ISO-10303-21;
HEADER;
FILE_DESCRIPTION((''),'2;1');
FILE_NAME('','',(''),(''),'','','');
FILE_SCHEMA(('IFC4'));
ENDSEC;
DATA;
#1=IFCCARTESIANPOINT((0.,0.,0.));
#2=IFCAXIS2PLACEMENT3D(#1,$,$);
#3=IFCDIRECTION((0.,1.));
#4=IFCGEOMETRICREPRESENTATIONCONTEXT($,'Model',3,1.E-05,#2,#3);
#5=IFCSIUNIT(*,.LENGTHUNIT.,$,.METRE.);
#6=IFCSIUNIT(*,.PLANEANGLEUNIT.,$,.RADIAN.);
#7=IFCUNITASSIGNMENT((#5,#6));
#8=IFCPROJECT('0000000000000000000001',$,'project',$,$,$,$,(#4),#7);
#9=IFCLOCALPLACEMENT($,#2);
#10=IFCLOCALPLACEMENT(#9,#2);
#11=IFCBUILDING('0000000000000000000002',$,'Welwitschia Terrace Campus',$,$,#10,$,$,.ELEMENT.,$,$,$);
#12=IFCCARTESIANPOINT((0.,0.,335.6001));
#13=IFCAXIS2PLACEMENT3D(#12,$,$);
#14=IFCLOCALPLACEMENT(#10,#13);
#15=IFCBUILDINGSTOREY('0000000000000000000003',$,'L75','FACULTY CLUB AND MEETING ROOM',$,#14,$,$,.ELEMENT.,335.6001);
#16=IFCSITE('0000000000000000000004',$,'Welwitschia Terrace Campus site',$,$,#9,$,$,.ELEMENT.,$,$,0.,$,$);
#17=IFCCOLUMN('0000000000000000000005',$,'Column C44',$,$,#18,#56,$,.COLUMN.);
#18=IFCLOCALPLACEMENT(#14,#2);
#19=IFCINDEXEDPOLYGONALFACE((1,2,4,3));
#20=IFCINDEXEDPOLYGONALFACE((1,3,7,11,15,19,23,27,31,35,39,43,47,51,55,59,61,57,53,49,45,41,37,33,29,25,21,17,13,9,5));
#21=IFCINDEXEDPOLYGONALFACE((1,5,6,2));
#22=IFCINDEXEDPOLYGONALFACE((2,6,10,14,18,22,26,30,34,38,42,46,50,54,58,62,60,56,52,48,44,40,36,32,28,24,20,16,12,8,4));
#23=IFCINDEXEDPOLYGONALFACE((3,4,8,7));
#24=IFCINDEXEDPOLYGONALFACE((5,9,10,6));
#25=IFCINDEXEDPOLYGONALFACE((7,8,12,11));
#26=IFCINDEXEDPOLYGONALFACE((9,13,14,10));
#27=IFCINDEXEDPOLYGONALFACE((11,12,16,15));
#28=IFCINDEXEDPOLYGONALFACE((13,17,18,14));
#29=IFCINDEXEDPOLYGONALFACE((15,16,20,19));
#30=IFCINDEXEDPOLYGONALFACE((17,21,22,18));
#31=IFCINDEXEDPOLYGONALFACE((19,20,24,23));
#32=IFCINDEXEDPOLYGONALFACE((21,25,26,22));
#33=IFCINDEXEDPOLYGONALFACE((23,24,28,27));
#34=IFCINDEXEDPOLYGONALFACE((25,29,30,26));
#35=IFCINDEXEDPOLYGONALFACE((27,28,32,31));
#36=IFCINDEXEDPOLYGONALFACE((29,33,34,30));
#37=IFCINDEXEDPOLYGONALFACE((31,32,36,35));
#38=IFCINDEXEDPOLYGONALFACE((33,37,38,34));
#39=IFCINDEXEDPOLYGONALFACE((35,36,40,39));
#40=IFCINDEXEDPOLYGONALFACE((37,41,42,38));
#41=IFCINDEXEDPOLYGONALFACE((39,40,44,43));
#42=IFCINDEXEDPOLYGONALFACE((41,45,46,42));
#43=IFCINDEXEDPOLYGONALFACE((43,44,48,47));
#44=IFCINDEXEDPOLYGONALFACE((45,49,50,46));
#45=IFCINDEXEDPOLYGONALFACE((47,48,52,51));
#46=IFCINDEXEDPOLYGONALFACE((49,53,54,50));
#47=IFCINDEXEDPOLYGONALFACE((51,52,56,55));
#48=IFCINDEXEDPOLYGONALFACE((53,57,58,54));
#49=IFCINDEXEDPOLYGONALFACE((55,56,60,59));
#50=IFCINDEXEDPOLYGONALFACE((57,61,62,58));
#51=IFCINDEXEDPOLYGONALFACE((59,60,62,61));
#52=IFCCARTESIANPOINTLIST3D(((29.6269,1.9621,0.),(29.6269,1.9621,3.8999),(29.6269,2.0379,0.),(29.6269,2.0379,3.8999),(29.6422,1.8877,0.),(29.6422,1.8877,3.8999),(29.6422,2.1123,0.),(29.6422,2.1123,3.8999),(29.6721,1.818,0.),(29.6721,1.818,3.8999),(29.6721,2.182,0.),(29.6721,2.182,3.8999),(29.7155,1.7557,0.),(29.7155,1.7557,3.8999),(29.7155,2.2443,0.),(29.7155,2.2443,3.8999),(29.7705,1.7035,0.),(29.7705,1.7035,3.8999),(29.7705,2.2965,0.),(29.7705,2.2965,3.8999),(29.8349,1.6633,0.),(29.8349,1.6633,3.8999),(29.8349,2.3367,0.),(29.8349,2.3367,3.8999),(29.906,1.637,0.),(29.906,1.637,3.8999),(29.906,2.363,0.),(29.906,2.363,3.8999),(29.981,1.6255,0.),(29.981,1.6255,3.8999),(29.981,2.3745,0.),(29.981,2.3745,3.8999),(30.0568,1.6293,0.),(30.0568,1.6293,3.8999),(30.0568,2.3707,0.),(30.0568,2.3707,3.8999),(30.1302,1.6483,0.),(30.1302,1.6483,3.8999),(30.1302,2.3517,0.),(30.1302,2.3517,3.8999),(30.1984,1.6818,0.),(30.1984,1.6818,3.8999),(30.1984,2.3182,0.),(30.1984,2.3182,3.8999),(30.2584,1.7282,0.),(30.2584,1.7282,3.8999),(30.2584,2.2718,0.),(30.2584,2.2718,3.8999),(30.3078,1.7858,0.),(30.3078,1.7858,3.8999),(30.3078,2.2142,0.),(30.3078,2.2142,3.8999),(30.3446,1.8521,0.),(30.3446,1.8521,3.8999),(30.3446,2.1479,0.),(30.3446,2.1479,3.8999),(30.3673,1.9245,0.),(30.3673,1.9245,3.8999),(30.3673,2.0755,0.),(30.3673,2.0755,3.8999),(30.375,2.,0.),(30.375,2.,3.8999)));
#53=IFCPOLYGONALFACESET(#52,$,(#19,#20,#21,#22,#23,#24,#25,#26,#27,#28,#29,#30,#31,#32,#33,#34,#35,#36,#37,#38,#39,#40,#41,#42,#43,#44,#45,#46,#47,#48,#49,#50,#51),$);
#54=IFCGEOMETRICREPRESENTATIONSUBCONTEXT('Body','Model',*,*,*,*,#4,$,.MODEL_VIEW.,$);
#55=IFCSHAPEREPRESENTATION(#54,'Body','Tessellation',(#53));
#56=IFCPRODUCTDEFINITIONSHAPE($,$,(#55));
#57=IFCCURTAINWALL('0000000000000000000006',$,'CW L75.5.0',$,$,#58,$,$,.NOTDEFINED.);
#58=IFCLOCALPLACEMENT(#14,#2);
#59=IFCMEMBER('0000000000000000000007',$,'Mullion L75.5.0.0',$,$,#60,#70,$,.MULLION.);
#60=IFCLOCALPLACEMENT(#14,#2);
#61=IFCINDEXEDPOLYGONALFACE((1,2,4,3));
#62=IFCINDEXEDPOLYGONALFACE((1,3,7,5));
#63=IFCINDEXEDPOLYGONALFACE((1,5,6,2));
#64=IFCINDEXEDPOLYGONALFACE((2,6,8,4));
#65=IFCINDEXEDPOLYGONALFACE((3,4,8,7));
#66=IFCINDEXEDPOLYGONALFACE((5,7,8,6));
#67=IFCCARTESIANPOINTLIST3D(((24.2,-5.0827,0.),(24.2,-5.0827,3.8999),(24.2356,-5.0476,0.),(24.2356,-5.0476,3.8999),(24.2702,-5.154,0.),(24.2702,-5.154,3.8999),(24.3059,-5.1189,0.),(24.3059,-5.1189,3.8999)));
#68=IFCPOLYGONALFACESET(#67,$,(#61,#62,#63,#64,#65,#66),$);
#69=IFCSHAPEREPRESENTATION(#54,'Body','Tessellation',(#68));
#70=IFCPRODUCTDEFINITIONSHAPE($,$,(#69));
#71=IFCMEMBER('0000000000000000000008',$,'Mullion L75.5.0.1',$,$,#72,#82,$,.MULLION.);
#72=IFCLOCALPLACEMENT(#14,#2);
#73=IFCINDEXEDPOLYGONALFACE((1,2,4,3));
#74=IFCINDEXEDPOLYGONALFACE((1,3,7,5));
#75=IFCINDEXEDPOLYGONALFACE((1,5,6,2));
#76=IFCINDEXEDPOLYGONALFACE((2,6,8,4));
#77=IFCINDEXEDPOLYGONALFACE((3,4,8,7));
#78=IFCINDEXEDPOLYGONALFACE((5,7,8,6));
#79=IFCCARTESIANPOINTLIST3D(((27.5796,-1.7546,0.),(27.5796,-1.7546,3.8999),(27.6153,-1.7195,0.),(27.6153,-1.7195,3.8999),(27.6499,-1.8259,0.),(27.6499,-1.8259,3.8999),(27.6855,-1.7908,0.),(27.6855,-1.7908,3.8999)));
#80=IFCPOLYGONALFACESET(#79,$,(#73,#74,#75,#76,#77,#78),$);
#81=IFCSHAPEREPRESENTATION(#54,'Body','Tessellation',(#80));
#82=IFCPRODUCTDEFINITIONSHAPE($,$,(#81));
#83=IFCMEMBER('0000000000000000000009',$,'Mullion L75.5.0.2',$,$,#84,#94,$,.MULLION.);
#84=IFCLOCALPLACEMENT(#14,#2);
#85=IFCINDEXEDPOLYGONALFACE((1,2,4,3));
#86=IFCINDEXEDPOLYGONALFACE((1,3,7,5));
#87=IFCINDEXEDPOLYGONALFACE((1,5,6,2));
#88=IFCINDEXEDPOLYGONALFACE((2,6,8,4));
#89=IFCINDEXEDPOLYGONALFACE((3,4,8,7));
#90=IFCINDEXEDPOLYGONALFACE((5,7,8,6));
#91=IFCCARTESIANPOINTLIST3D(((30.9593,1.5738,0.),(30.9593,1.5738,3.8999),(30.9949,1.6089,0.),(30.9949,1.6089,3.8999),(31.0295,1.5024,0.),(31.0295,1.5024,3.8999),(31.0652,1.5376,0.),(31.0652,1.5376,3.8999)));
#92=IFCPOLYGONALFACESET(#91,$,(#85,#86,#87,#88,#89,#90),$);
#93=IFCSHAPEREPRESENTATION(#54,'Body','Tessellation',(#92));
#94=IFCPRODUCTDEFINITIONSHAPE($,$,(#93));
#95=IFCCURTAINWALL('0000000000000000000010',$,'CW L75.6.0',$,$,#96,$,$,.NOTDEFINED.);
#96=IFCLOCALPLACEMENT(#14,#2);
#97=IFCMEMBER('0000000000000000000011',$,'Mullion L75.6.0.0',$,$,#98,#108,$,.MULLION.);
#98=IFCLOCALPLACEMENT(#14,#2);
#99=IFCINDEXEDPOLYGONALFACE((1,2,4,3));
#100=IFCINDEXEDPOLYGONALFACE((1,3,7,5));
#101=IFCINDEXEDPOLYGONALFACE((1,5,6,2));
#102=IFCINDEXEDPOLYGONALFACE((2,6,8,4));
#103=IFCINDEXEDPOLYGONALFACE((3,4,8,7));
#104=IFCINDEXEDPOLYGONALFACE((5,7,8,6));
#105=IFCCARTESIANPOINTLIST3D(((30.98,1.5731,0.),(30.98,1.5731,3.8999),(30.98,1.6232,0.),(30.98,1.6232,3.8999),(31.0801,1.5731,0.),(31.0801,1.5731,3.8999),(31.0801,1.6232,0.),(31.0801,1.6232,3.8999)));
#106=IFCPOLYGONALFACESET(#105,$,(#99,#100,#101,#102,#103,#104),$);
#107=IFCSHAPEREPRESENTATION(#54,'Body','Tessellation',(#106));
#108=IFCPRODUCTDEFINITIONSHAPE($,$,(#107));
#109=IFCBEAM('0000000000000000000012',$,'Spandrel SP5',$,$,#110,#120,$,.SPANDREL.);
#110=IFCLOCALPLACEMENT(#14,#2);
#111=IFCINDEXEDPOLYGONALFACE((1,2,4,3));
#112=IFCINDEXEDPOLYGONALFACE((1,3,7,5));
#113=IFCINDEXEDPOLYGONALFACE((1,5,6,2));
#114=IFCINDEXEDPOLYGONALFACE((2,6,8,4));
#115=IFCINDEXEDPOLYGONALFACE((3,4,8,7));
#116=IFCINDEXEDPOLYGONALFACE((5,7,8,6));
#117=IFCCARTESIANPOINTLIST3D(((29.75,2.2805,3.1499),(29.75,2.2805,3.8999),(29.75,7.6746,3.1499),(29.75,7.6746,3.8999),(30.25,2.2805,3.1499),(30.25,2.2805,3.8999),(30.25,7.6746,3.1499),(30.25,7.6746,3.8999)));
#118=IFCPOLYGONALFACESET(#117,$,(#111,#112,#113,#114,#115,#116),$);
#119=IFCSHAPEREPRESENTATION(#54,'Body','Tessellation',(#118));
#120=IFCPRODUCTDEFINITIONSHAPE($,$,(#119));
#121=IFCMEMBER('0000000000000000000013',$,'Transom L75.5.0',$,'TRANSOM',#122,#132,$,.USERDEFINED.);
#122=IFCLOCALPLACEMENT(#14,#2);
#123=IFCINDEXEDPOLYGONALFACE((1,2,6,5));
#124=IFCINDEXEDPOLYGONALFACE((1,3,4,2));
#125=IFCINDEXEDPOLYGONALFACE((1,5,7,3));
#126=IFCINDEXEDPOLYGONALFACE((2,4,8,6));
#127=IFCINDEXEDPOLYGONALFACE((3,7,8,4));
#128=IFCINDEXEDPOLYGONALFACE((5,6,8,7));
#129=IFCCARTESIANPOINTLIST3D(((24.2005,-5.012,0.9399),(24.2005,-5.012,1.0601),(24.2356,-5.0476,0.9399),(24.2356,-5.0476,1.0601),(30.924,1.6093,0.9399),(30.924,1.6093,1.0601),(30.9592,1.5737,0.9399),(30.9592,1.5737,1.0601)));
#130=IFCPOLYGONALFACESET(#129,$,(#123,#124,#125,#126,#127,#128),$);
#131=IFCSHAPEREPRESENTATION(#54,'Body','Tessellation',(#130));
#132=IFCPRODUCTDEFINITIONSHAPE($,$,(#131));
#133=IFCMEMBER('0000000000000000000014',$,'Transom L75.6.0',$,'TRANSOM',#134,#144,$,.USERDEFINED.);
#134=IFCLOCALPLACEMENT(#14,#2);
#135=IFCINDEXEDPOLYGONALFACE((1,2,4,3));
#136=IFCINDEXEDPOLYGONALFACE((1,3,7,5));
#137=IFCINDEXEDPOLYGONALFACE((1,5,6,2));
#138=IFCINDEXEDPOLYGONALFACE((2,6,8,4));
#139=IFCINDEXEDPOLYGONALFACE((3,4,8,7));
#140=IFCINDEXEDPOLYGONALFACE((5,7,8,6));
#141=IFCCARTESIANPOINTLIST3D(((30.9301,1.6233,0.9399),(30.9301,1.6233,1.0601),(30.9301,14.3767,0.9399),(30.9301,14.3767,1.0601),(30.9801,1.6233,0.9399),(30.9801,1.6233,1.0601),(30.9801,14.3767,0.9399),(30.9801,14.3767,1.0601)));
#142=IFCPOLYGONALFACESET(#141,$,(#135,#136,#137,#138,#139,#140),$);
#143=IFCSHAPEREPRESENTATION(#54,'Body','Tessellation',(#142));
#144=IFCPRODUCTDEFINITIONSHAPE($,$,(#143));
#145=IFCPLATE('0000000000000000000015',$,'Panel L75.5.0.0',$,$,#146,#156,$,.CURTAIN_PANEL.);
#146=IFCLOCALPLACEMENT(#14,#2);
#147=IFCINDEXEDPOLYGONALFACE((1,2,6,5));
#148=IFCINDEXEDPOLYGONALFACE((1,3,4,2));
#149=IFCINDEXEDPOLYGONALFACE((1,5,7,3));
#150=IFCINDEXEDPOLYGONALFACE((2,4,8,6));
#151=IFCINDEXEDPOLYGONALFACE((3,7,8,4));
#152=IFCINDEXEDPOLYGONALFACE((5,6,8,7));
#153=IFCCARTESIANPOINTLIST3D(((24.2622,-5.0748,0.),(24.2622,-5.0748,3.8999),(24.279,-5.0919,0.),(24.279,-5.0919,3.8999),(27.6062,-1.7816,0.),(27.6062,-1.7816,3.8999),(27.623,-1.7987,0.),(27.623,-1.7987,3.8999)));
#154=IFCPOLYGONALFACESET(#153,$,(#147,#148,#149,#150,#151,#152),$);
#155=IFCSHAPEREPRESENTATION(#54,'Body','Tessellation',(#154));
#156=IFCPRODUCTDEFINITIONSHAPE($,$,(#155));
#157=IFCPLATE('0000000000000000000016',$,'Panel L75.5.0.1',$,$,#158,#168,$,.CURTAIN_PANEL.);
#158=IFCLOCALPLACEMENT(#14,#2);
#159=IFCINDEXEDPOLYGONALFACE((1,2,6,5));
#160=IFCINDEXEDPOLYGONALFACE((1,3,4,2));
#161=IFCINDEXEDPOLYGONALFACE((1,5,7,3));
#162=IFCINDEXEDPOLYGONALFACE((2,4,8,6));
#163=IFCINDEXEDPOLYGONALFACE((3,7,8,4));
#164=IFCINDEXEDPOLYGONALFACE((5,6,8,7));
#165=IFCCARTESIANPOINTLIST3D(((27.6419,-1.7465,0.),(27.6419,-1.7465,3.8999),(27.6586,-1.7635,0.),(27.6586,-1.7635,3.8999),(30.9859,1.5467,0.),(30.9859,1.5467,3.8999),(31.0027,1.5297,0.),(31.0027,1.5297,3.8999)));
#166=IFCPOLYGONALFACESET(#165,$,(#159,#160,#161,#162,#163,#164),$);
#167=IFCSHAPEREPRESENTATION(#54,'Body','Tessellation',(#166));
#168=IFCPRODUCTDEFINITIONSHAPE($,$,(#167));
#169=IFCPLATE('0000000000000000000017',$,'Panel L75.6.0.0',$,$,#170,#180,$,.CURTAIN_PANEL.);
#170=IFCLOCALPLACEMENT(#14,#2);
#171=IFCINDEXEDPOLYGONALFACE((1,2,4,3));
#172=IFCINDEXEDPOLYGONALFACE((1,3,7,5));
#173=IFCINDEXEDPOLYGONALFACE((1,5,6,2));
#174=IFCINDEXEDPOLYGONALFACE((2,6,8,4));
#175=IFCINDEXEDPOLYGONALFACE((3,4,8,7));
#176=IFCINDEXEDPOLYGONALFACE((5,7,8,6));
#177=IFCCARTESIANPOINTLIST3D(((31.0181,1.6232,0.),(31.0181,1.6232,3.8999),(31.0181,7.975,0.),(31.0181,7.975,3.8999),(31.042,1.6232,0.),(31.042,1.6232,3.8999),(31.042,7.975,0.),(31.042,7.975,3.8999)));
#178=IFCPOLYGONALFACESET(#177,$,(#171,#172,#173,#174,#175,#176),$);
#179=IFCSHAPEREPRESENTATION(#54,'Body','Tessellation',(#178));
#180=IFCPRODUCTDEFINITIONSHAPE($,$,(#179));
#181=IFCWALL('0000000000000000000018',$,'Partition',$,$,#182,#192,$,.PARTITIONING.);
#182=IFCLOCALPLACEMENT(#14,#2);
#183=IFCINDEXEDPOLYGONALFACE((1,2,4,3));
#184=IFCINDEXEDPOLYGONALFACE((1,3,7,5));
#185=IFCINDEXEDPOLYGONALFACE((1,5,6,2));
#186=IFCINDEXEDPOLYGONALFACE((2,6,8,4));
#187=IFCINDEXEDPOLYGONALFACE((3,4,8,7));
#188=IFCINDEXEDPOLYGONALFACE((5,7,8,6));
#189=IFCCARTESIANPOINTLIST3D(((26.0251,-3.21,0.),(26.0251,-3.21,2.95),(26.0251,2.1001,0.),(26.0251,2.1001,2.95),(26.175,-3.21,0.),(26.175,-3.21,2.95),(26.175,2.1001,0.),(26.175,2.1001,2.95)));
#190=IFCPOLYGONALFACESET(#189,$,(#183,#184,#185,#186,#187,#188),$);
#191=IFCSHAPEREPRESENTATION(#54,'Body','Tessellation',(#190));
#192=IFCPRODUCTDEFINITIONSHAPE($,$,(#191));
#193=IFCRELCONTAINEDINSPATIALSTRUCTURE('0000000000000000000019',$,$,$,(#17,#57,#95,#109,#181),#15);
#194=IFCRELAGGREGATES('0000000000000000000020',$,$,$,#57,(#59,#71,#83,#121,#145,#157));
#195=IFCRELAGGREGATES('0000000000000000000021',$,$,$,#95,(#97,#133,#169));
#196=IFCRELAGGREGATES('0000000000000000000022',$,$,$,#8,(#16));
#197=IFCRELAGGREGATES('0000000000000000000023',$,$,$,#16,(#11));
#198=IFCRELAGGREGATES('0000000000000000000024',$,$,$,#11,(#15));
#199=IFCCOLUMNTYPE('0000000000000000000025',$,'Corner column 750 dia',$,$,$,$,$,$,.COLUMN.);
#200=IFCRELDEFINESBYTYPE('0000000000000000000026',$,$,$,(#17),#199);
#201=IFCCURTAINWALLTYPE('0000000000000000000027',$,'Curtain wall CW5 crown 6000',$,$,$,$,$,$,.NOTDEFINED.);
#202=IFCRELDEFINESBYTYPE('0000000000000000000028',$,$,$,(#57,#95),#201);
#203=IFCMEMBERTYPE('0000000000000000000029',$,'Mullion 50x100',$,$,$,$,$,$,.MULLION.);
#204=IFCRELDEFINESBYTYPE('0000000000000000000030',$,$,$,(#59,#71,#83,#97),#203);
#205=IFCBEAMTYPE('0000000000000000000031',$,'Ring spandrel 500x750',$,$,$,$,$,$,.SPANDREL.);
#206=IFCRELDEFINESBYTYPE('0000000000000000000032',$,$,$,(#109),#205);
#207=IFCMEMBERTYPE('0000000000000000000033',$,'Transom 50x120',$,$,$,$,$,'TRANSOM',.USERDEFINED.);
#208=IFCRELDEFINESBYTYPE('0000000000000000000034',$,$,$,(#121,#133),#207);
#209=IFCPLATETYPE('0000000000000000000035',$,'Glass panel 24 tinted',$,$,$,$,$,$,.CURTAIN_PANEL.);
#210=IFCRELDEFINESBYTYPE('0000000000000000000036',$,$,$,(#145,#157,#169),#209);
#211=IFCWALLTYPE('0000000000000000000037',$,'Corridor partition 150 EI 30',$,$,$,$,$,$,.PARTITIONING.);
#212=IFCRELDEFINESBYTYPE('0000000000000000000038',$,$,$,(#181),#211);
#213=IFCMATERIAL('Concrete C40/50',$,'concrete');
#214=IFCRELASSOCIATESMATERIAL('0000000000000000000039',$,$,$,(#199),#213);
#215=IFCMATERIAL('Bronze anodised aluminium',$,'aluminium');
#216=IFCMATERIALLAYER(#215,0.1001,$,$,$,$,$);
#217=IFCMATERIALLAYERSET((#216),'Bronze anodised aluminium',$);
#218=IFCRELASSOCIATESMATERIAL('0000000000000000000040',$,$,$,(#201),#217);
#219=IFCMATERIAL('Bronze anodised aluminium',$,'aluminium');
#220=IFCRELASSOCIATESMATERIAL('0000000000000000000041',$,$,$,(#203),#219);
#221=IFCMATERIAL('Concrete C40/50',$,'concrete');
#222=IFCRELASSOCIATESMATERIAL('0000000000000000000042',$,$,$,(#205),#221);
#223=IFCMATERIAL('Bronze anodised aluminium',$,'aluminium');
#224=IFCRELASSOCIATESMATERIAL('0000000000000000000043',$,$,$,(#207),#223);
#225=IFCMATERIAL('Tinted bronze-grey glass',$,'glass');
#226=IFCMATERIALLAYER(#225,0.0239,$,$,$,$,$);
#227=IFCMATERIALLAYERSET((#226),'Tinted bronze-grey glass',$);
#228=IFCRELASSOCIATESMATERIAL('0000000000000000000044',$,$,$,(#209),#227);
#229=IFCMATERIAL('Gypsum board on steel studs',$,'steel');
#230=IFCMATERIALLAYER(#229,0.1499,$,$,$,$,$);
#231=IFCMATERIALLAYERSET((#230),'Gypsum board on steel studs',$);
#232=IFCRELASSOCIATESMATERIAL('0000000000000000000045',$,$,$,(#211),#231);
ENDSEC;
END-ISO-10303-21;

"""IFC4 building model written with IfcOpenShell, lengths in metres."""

from ifc_helpers import new_model, si_unit, direction, frame, frame_2d, origin, origin_2d, place, context, subcontext, project, spatial, rectangle, circle, extrude, material, layer, layer_set, material_profile, profile_set, type_object, element, aggregate, save


model = new_model("IFC4")

# Units and contexts
model_context = context("Model", 3, precision=1e-05, world=origin(), true_north=direction((0.0, 1.0)))
body_context = subcontext(model_context, "Body", "Model", "MODEL_VIEW")
ifc_project = project(units=[si_unit("LENGTHUNIT", "METRE"), si_unit("PLANEANGLEUNIT", "RADIAN")], contexts=[model_context])

# Site, building, storey
site_placement = place(None, origin())
site = spatial("IfcSite", under=ifc_project, at=site_placement, Name="Welwitschia Terrace Campus site", CompositionType="ELEMENT", RefElevation=0.0)
building_placement = place(site_placement, origin())
building = spatial("IfcBuilding", under=site, at=building_placement, Name="Welwitschia Terrace Campus", CompositionType="ELEMENT")
storey_placement = place(building_placement, frame((0.0, 0.0, 335.6001)))
storey = spatial("IfcBuildingStorey", under=building, at=storey_placement, Name="L75", Description="FACULTY CLUB AND MEETING ROOM", CompositionType="ELEMENT", Elevation=335.6001)

# Column
ifc_material_1 = material(Name="Concrete C40/50", Category="concrete")
ifc_material_profile_1 = material_profile(ifc_material_1, circle(Radius=0.375, at=origin_2d()))
ifc_profile_set_1 = profile_set([ifc_material_profile_1], Name="Concrete C40/50")
column_type = type_object("IfcColumnType", Name="Corner column 750 dia", PredefinedType="COLUMN", material=ifc_profile_set_1)
column_placement = place(storey_placement, frame((30.0, 2.0, 0.0), z_axis=(0.0, 0.0, 1.0), x_axis=(1.0, 0.0, 0.0)))
element("IfcColumn", 1, at=column_placement, inside=storey, type_object=column_type, Name="Column C44", PredefinedType="COLUMN", context=body_context, shape_type="SweptSolid", body=[
    extrude(circle(Radius=0.375, at=origin_2d()), origin(), (0.0, 0.0, 1.0), 3.8999),
])

# Curtain wall, members
ifc_material_2 = material(Name="Bronze anodised aluminium", Category="aluminium")
ifc_layer_1 = layer(ifc_material_2, 0.1001)
ifc_layer_set_1 = layer_set([ifc_layer_1], Name="Bronze anodised aluminium")
curtain_wall_type = type_object("IfcCurtainWallType", Name="Curtain wall CW5 crown 6000", PredefinedType="NOTDEFINED", material=ifc_layer_set_1)
curtain_wall_1_placement = place(storey_placement, origin())
curtain_wall_1 = element("IfcCurtainWall", 2, at=curtain_wall_1_placement, inside=storey, type_object=curtain_wall_type, Name="CW L75.5.0", PredefinedType="NOTDEFINED")
ifc_material_3 = material(Name="Bronze anodised aluminium", Category="aluminium")
ifc_material_profile_2 = material_profile(ifc_material_3, rectangle(XDim=0.1001, YDim=0.05, at=origin_2d()))
ifc_profile_set_2 = profile_set([ifc_material_profile_2], Name="Bronze anodised aluminium")
member_type_1 = type_object("IfcMemberType", Name="Mullion 50x100", PredefinedType="MULLION", material=ifc_profile_set_2)
member_1_placement = place(storey_placement, frame((24.2529, -5.1008, 0.0), z_axis=(0.0, 0.0, 1.0), x_axis=(-0.701672, 0.7125, 0.0)))
member_1 = element("IfcMember", 3, at=member_1_placement, type_object=member_type_1, Name="Mullion L75.5.0.0", PredefinedType="MULLION", context=body_context, shape_type="SweptSolid", body=[
    extrude(rectangle(XDim=0.1001, YDim=0.05, at=origin_2d()), origin(), (0.0, 0.0, 1.0), 3.8999),
])
member_2_placement = place(storey_placement, frame((27.6326, -1.7727, 0.0), z_axis=(0.0, 0.0, 1.0), x_axis=(-0.701672, 0.7125, 0.0)))
member_2 = element("IfcMember", 4, at=member_2_placement, type_object=member_type_1, Name="Mullion L75.5.0.1", PredefinedType="MULLION", context=body_context, shape_type="SweptSolid", body=[
    extrude(rectangle(XDim=0.1001, YDim=0.05, at=origin_2d()), origin(), (0.0, 0.0, 1.0), 3.8999),
])
member_3_placement = place(storey_placement, frame((31.0122, 1.5557, 0.0), z_axis=(0.0, 0.0, 1.0), x_axis=(-0.701672, 0.7125, 0.0)))
member_3 = element("IfcMember", 5, at=member_3_placement, type_object=member_type_1, Name="Mullion L75.5.0.2", PredefinedType="MULLION", context=body_context, shape_type="SweptSolid", body=[
    extrude(rectangle(XDim=0.1001, YDim=0.05, at=origin_2d()), origin(), (0.0, 0.0, 1.0), 3.8999),
])

# Curtain wall, member
curtain_wall_2_placement = place(storey_placement, origin())
curtain_wall_2 = element("IfcCurtainWall", 6, at=curtain_wall_2_placement, inside=storey, type_object=curtain_wall_type, Name="CW L75.6.0", PredefinedType="NOTDEFINED")
member_4_placement = place(storey_placement, frame((31.03, 1.5981, 0.0), z_axis=(0.0, 0.0, 1.0), x_axis=(-1.0, 0.0, 0.0)))
member_4 = element("IfcMember", 7, at=member_4_placement, type_object=member_type_1, Name="Mullion L75.6.0.0", PredefinedType="MULLION", context=body_context, shape_type="SweptSolid", body=[
    extrude(rectangle(XDim=0.1001, YDim=0.05, at=origin_2d()), origin(), (0.0, 0.0, 1.0), 3.8999),
])

# Beam
ifc_material_4 = material(Name="Concrete C40/50", Category="concrete")
ifc_material_profile_3 = material_profile(ifc_material_4, rectangle(XDim=0.5, YDim=0.75, at=origin_2d()))
ifc_profile_set_3 = profile_set([ifc_material_profile_3], Name="Concrete C40/50")
beam_type = type_object("IfcBeamType", Name="Ring spandrel 500x750", PredefinedType="SPANDREL", material=ifc_profile_set_3)
beam_placement = place(storey_placement, frame((30.0, 2.2805, 3.5249), z_axis=(0.0, 1.0, 0.0), x_axis=(-1.0, 0.0, 0.0)))
element("IfcBeam", 8, at=beam_placement, inside=storey, type_object=beam_type, Name="Spandrel SP5", PredefinedType="SPANDREL", context=body_context, shape_type="SweptSolid", body=[
    extrude(rectangle(XDim=0.5, YDim=0.75, at=origin_2d()), origin(), (0.0, 0.0, 1.0), 5.394),
])

# Members
ifc_material_5 = material(Name="Bronze anodised aluminium", Category="aluminium")
ifc_material_profile_4 = material_profile(ifc_material_5, rectangle(XDim=0.05, YDim=0.1201, at=origin_2d()))
ifc_profile_set_4 = profile_set([ifc_material_profile_4], Name="Bronze anodised aluminium")
member_type_2 = type_object("IfcMemberType", Name="Transom 50x120", ElementType="TRANSOM", PredefinedType="USERDEFINED", material=ifc_profile_set_4)
member_5_placement = place(storey_placement, frame((24.218, -5.0298, 1.0), z_axis=(0.712506, 0.701666, 0.0), x_axis=(-0.701666, 0.712506, 0.0)))
member_5 = element("IfcMember", 9, at=member_5_placement, type_object=member_type_2, Name="Transom L75.5.0", ObjectType="TRANSOM", PredefinedType="USERDEFINED", context=body_context, shape_type="SweptSolid", body=[
    extrude(rectangle(XDim=0.05, YDim=0.1201, at=origin_2d()), origin(), (0.0, 0.0, 1.0), 9.4365),
])
member_6_placement = place(storey_placement, frame((30.9551, 1.6233, 1.0), z_axis=(0.0, 1.0, 0.0), x_axis=(-1.0, 0.0, 0.0)))
member_6 = element("IfcMember", 10, at=member_6_placement, type_object=member_type_2, Name="Transom L75.6.0", ObjectType="TRANSOM", PredefinedType="USERDEFINED", context=body_context, shape_type="SweptSolid", body=[
    extrude(rectangle(XDim=0.05, YDim=0.1201, at=origin_2d()), origin(), (0.0, 0.0, 1.0), 12.7534),
])

# Plates
ifc_material_6 = material(Name="Tinted bronze-grey glass", Category="glass")
ifc_layer_2 = layer(ifc_material_6, 0.0239)
ifc_layer_set_2 = layer_set([ifc_layer_2], Name="Tinted bronze-grey glass")
plate_type = type_object("IfcPlateType", Name="Glass panel 24 tinted", PredefinedType="CURTAIN_PANEL", material=ifc_layer_set_2)
plate_1_placement = place(storey_placement, frame((25.9426, -3.4368, 0.0), z_axis=(0.0, 0.0, 1.0), x_axis=(0.7125, 0.701672, 0.0)))
plate_1 = element("IfcPlate", 11, at=plate_1_placement, type_object=plate_type, Name="Panel L75.5.0.0", PredefinedType="CURTAIN_PANEL", context=body_context, shape_type="SweptSolid", body=[
    extrude(rectangle(XDim=4.6934, YDim=0.0239, at=origin_2d()), origin(), (0.0, 0.0, 1.0), 3.8999),
])
plate_2_placement = place(storey_placement, frame((29.3223, -0.1084, 0.0), z_axis=(0.0, 0.0, 1.0), x_axis=(0.7125, 0.701672, 0.0)))
plate_2 = element("IfcPlate", 12, at=plate_2_placement, type_object=plate_type, Name="Panel L75.5.0.1", PredefinedType="CURTAIN_PANEL", context=body_context, shape_type="SweptSolid", body=[
    extrude(rectangle(XDim=4.6934, YDim=0.0239, at=origin_2d()), origin(), (0.0, 0.0, 1.0), 3.8999),
])
aggregate(curtain_wall_1, [member_1, member_2, member_3, member_5, plate_1, plate_2])
plate_3_placement = place(storey_placement, frame((31.03, 4.7991, 0.0), z_axis=(0.0, 0.0, 1.0), x_axis=(0.0, 1.0, 0.0)))
plate_3 = element("IfcPlate", 13, at=plate_3_placement, type_object=plate_type, Name="Panel L75.6.0.0", PredefinedType="CURTAIN_PANEL", context=body_context, shape_type="SweptSolid", body=[
    extrude(rectangle(XDim=6.3518, YDim=0.0239, at=origin_2d()), origin(), (0.0, 0.0, 1.0), 3.8999),
])
aggregate(curtain_wall_2, [member_4, member_6, plate_3])

# Wall
ifc_material_7 = material(Name="Gypsum board on steel studs", Category="steel")
ifc_layer_3 = layer(ifc_material_7, 0.1499)
ifc_layer_set_3 = layer_set([ifc_layer_3], Name="Gypsum board on steel studs")
wall_type = type_object("IfcWallType", Name="Corridor partition 150 EI 30", PredefinedType="PARTITIONING", material=ifc_layer_set_3)
wall_1_placement = place(storey_placement, frame((26.1001, -3.21, 0.0), z_axis=(0.0, 0.0, 1.0), x_axis=(0.0, 1.0, 0.0)))
element("IfcWall", 14, at=wall_1_placement, inside=storey, type_object=wall_type, Name="Partition", PredefinedType="PARTITIONING", context=body_context, shape_type="SweptSolid", body=[
    extrude(rectangle(XDim=5.3101, YDim=0.1499, at=frame_2d((2.655, 0.0))), origin(), (0.0, 0.0, 1.0), 2.95),
])

save(model, "model.ifc")
